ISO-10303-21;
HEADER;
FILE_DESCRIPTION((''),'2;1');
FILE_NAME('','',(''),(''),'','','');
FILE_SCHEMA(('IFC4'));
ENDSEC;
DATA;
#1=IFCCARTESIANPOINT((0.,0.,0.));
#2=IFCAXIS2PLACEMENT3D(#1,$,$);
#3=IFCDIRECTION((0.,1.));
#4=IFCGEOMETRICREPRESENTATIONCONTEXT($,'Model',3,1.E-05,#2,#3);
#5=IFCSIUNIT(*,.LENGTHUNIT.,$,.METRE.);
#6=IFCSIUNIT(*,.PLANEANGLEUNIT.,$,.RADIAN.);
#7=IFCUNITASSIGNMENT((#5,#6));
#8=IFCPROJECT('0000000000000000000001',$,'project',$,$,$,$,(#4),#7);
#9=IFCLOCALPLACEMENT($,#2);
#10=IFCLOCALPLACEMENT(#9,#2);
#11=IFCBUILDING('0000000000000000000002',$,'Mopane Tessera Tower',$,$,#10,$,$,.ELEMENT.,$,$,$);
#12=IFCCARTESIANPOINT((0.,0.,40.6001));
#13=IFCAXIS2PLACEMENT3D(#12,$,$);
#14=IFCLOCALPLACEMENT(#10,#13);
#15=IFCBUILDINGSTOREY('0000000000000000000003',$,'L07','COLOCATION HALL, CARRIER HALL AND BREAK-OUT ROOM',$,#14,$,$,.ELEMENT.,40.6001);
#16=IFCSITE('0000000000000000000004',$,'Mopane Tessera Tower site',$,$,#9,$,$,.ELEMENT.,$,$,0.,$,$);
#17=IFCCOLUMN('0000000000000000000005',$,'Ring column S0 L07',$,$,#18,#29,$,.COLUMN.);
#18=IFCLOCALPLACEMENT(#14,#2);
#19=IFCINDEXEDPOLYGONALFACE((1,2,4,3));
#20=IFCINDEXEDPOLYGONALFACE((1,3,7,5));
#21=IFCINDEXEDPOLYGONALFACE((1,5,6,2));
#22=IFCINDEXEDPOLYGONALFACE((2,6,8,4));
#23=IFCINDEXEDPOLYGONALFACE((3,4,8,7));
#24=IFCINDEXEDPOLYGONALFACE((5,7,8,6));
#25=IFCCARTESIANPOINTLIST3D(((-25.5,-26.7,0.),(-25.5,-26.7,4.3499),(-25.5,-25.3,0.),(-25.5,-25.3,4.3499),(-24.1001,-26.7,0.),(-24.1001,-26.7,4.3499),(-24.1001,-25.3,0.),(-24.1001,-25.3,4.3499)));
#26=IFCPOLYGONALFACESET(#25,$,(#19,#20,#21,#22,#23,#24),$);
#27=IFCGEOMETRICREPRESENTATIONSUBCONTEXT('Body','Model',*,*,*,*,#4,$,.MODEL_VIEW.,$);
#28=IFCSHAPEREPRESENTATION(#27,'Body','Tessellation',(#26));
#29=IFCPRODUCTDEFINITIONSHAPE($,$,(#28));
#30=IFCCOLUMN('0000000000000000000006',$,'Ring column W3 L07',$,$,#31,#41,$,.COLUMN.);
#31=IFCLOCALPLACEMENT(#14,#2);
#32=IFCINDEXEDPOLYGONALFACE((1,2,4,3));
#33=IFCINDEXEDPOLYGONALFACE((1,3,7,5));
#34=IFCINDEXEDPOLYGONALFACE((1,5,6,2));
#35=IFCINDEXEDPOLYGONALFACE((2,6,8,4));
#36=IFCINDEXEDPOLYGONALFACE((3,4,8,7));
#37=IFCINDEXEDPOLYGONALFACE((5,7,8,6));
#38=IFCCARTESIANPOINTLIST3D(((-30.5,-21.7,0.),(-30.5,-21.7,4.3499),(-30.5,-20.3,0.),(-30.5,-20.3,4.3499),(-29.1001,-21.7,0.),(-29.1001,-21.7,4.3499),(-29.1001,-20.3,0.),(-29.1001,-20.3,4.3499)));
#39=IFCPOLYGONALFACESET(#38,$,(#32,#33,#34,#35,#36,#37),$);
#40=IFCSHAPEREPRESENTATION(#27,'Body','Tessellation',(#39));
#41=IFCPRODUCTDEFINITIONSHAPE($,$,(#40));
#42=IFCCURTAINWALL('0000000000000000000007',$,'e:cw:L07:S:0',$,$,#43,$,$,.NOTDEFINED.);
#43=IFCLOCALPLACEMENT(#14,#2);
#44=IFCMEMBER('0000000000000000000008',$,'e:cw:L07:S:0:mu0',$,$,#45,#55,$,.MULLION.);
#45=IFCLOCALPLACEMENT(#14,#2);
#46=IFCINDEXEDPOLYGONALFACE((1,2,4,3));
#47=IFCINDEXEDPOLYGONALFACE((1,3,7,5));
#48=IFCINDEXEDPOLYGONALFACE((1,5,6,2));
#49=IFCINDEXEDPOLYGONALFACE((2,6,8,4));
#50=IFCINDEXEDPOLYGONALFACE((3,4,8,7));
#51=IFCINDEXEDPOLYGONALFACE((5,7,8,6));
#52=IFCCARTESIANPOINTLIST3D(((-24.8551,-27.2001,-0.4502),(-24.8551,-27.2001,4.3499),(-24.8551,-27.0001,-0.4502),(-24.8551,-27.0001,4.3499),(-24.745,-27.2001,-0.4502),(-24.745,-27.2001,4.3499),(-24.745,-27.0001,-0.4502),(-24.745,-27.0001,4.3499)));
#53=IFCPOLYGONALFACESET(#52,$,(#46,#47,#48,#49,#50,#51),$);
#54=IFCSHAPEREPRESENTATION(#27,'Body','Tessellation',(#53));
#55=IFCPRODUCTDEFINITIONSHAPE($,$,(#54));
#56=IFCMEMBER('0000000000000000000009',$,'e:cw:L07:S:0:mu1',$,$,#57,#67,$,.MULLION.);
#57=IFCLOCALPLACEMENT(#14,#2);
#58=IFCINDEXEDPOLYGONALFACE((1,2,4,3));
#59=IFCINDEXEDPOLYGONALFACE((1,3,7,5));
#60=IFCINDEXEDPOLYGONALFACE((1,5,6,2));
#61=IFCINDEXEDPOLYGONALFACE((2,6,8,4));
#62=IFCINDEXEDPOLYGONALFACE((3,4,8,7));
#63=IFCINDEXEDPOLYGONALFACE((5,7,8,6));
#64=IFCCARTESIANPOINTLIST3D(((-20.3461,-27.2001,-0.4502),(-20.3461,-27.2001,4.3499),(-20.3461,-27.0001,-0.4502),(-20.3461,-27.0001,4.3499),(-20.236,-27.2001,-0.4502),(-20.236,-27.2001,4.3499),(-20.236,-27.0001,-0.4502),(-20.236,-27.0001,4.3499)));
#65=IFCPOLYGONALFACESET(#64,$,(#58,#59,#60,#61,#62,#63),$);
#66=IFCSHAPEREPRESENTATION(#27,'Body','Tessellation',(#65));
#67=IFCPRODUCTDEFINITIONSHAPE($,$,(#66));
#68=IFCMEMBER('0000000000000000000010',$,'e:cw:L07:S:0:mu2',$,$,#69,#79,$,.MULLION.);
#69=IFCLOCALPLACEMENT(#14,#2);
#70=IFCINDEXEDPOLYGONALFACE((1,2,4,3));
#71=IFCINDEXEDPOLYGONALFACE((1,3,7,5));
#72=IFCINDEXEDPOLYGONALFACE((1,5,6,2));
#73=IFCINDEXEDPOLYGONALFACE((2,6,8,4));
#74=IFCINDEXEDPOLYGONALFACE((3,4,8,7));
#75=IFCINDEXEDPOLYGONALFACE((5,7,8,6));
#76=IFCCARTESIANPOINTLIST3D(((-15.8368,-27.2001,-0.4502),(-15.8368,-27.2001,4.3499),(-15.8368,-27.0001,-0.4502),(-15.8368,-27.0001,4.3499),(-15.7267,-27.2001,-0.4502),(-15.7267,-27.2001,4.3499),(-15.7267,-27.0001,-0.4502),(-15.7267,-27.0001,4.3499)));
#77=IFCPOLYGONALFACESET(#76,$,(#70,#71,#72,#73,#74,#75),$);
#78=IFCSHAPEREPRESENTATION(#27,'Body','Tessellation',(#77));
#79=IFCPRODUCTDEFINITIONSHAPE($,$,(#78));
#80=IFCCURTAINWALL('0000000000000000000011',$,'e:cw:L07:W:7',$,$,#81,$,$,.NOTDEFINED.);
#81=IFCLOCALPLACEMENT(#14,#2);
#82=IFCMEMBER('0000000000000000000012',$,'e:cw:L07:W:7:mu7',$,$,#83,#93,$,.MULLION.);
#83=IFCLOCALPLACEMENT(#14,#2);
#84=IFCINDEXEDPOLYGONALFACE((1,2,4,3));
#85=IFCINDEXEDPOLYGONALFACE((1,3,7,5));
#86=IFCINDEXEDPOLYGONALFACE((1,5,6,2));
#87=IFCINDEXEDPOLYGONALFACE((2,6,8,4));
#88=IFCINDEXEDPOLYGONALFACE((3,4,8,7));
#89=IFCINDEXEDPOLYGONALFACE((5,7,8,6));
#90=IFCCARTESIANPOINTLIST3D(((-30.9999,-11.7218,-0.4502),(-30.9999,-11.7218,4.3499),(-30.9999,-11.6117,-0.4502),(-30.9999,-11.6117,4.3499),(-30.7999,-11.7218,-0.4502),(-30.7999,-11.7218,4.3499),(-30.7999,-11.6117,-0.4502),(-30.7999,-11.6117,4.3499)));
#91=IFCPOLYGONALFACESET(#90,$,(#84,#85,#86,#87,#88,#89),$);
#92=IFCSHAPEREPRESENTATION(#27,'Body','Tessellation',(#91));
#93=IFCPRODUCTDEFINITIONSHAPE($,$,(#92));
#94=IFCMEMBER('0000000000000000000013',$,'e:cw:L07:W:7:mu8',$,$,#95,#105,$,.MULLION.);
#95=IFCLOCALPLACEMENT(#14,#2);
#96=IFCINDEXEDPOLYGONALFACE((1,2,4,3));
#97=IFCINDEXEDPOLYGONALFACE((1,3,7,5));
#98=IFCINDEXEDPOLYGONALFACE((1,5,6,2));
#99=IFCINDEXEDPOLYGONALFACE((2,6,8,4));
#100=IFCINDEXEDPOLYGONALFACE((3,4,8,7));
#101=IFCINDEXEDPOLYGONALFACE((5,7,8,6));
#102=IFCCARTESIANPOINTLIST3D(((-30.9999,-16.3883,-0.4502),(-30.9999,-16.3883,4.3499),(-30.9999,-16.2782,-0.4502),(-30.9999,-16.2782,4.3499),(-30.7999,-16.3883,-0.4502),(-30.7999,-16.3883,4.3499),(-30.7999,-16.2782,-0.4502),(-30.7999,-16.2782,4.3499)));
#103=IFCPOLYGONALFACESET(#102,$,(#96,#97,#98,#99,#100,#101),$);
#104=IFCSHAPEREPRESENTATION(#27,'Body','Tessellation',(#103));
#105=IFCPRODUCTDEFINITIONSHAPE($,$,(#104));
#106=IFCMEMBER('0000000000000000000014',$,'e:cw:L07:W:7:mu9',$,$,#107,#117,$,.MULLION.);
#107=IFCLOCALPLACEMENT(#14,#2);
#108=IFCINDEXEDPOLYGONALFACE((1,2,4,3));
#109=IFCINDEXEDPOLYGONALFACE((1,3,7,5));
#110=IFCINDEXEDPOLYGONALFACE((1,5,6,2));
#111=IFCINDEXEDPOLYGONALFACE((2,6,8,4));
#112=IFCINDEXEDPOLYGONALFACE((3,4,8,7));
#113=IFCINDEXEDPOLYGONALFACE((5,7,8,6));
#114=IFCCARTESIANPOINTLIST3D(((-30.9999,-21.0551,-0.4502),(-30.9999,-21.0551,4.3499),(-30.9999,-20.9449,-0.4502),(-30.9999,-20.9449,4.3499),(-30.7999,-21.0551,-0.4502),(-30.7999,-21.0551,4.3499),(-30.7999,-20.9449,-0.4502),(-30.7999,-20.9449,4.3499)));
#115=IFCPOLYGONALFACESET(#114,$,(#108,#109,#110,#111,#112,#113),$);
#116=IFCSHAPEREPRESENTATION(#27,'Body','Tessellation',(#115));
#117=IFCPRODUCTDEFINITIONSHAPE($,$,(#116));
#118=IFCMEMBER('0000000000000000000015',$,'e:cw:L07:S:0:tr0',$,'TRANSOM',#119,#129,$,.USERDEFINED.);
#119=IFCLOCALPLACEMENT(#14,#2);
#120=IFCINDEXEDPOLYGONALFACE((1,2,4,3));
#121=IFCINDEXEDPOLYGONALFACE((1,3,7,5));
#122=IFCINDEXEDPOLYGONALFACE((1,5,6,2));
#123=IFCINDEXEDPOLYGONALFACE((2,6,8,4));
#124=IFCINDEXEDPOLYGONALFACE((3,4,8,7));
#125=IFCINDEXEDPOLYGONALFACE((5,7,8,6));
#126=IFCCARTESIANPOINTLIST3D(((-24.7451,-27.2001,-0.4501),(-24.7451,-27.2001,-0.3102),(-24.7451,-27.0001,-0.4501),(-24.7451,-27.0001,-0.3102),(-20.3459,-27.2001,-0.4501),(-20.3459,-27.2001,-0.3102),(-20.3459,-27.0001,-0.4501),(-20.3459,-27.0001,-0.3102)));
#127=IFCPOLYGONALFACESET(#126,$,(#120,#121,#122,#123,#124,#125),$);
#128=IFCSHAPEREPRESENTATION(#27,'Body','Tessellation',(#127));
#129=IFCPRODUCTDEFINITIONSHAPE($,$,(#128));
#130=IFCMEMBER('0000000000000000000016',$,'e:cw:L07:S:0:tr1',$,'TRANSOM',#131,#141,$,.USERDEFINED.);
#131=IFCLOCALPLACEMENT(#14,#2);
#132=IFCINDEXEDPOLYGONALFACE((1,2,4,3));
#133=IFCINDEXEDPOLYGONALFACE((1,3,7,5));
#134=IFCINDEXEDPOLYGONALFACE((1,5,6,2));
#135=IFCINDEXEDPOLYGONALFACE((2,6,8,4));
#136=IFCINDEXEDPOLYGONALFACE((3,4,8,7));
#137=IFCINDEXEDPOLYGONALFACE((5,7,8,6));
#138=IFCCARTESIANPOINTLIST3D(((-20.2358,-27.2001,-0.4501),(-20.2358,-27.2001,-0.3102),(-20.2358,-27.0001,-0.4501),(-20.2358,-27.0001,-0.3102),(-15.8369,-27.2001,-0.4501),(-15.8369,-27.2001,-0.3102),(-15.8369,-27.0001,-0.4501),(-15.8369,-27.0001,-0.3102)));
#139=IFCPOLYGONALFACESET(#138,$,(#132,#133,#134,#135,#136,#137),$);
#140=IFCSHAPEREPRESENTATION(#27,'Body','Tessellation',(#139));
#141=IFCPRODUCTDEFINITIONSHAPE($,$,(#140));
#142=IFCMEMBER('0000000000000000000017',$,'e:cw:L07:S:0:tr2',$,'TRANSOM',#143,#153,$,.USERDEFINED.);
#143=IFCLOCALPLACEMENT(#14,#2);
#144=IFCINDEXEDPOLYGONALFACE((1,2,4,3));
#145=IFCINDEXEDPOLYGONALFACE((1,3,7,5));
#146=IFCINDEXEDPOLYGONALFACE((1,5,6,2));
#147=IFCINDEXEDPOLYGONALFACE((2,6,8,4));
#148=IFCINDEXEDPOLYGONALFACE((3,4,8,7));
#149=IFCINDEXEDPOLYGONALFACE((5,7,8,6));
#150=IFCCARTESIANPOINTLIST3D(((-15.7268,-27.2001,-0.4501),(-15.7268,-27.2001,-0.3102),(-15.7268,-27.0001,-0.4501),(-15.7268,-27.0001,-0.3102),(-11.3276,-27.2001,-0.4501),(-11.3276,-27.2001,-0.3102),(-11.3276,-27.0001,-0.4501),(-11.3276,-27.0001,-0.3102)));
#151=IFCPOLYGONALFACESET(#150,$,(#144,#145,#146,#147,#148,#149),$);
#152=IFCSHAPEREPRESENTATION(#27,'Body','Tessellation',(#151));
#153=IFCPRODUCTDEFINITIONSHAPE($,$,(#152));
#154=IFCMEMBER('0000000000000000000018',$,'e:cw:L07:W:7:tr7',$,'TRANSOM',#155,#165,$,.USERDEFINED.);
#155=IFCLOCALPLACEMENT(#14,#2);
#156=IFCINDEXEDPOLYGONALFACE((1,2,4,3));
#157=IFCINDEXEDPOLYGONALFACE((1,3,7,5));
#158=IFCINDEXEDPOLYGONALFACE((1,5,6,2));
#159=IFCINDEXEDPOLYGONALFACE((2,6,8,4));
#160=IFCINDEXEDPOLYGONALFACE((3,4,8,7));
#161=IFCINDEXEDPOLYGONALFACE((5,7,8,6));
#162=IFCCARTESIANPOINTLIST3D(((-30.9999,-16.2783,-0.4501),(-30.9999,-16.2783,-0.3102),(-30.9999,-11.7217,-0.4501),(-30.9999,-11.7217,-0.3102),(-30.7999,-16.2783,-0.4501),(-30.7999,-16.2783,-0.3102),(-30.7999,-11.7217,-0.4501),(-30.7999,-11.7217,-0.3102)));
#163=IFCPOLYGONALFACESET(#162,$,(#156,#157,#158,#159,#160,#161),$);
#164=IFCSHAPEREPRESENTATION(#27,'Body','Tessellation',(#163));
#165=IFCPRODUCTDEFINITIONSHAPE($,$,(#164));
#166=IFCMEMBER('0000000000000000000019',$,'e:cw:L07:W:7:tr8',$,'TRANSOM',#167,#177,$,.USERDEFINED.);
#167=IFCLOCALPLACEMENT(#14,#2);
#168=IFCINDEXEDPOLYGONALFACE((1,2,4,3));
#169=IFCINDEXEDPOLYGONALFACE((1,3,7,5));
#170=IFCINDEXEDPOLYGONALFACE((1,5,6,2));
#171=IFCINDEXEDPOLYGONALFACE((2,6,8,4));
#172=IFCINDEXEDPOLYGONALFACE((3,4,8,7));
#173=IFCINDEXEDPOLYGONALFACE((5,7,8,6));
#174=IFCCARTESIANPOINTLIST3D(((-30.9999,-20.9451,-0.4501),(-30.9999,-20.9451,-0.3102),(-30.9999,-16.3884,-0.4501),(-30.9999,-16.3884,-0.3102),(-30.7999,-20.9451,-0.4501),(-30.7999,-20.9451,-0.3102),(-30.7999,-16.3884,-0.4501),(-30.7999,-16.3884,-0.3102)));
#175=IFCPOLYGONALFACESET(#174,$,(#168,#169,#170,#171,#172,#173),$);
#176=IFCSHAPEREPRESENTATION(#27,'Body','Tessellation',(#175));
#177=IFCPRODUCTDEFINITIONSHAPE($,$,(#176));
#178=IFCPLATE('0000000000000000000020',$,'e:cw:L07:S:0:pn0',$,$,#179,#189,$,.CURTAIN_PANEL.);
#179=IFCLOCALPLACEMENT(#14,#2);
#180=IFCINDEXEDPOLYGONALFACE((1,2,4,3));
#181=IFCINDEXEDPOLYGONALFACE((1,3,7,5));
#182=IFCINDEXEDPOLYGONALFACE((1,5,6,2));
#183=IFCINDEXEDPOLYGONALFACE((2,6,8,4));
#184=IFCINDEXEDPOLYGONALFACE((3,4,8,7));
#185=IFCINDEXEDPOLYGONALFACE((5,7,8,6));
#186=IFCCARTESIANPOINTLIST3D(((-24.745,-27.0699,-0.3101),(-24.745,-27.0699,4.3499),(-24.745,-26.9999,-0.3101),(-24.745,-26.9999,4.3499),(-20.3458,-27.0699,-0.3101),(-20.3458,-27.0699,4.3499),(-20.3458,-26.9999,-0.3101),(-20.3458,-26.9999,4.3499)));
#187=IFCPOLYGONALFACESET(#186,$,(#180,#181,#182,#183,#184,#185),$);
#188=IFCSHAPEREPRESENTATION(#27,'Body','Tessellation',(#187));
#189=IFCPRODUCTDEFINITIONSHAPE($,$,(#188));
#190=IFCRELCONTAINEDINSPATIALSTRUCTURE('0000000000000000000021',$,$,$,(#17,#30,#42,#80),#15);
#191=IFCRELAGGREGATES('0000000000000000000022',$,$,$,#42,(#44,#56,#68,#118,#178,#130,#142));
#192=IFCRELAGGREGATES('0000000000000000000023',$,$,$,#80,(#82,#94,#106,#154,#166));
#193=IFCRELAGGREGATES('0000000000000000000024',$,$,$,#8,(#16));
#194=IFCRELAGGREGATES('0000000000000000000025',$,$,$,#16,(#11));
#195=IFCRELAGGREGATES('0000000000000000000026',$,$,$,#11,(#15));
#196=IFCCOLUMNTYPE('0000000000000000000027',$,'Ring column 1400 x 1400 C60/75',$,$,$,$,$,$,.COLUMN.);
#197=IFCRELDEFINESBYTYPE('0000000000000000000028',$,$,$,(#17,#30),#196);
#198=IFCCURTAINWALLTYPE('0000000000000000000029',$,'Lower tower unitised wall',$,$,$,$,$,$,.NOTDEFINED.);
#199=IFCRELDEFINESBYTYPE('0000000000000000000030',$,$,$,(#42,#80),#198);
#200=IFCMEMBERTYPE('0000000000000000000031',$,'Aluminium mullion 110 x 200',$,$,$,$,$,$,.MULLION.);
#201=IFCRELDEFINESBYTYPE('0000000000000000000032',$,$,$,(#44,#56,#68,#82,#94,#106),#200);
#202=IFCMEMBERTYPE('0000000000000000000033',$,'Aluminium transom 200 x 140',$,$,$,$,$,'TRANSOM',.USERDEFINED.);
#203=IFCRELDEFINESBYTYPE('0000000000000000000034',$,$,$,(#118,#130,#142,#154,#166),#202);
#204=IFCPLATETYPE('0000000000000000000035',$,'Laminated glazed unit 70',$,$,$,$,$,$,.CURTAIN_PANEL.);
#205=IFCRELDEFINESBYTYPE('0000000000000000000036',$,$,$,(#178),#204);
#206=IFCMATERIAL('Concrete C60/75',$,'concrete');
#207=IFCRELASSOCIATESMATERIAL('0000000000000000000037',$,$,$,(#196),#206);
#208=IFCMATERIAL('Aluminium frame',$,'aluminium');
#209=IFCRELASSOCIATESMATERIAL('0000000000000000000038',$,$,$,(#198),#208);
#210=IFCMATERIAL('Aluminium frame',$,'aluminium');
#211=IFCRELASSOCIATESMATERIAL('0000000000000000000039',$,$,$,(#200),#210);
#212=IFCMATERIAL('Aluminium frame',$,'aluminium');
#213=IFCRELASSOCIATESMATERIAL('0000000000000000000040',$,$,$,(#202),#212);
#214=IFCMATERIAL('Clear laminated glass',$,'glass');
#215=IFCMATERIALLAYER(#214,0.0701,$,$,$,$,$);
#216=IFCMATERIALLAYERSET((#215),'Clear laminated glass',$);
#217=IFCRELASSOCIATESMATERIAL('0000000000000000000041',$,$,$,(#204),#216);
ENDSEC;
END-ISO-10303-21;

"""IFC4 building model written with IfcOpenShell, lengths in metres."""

from ifc_helpers import new_model, si_unit, direction, frame, origin, origin_2d, place, context, subcontext, project, spatial, rectangle, extrude, material, layer, layer_set, material_profile, profile_set, type_object, element, aggregate, save


model = new_model("IFC4")

# Units and contexts
model_context = context("Model", 3, precision=1e-05, world=origin(), true_north=direction((0.0, 1.0)))
body_context = subcontext(model_context, "Body", "Model", "MODEL_VIEW")
ifc_project = project(units=[si_unit("LENGTHUNIT", "METRE"), si_unit("PLANEANGLEUNIT", "RADIAN")], contexts=[model_context])

# Site, building, storey
site_placement = place(None, origin())
site = spatial("IfcSite", under=ifc_project, at=site_placement, Name="Mopane Tessera Tower site", CompositionType="ELEMENT", RefElevation=0.0)
building_placement = place(site_placement, origin())
building = spatial("IfcBuilding", under=site, at=building_placement, Name="Mopane Tessera Tower", CompositionType="ELEMENT")
storey_placement = place(building_placement, frame((0.0, 0.0, 40.6001)))
storey = spatial("IfcBuildingStorey", under=building, at=storey_placement, Name="L07", Description="COLOCATION HALL, CARRIER HALL AND BREAK-OUT ROOM", CompositionType="ELEMENT", Elevation=40.6001)

# Columns
ifc_material_1 = material(Name="Concrete C60/75", Category="concrete")
ifc_material_profile_1 = material_profile(ifc_material_1, rectangle(XDim=1.3999, YDim=1.3999, at=origin_2d()))
ifc_profile_set_1 = profile_set([ifc_material_profile_1], Name="Concrete C60/75")
column_type = type_object("IfcColumnType", Name="Ring column 1400 x 1400 C60/75", PredefinedType="COLUMN", material=ifc_profile_set_1)
for number, where, z_axis, x_axis, name in (
    (1, (-24.8, -26.0, 0.0), (0.0, 0.0, 1.0), (1.0, 0.0, 0.0), "Ring column S0 L07"),
    (2, (-29.8, -21.0, 0.0), (0.0, 0.0, 1.0), (1.0, 0.0, 0.0), "Ring column W3 L07"),
):
    element("IfcColumn", number, at=place(storey_placement, frame(where, z_axis=z_axis, x_axis=x_axis)), inside=storey, type_object=column_type, Name=name, PredefinedType="COLUMN", context=body_context, shape_type="SweptSolid", body=[
        extrude(rectangle(XDim=1.3999, YDim=1.3999, at=origin_2d()), origin(), (0.0, 0.0, 1.0), 4.3499),
    ])

# Curtain walls, members
ifc_material_2 = material(Name="Aluminium frame", Category="aluminium")
curtain_wall_type = type_object("IfcCurtainWallType", Name="Lower tower unitised wall", PredefinedType="NOTDEFINED", material=ifc_material_2)
curtain_wall_1_placement = place(storey_placement, origin())
curtain_wall_1 = element("IfcCurtainWall", 3, at=curtain_wall_1_placement, inside=storey, type_object=curtain_wall_type, Name="e:cw:L07:S:0", PredefinedType="NOTDEFINED")
ifc_material_3 = material(Name="Aluminium frame", Category="aluminium")
ifc_material_profile_2 = material_profile(ifc_material_3, rectangle(XDim=0.1101, YDim=0.2, at=origin_2d()))
ifc_profile_set_2 = profile_set([ifc_material_profile_2], Name="Aluminium frame")
member_type_1 = type_object("IfcMemberType", Name="Aluminium mullion 110 x 200", PredefinedType="MULLION", material=ifc_profile_set_2)
member_1_placement = place(storey_placement, frame((-24.8, -27.1001, -0.4502), z_axis=(0.0, 0.0, 1.0), x_axis=(1.0, 0.0, 0.0)))
member_1 = element("IfcMember", 4, at=member_1_placement, type_object=member_type_1, Name="e:cw:L07:S:0:mu0", PredefinedType="MULLION", context=body_context, shape_type="SweptSolid", body=[
    extrude(rectangle(XDim=0.1101, YDim=0.2, at=origin_2d()), origin(), (0.0, 0.0, 1.0), 4.8),
])
member_2_placement = place(storey_placement, frame((-20.291, -27.1001, -0.4502), z_axis=(0.0, 0.0, 1.0), x_axis=(1.0, 0.0, 0.0)))
member_2 = element("IfcMember", 5, at=member_2_placement, type_object=member_type_1, Name="e:cw:L07:S:0:mu1", PredefinedType="MULLION", context=body_context, shape_type="SweptSolid", body=[
    extrude(rectangle(XDim=0.1101, YDim=0.2, at=origin_2d()), origin(), (0.0, 0.0, 1.0), 4.8),
])
member_3_placement = place(storey_placement, frame((-15.7817, -27.1001, -0.4502), z_axis=(0.0, 0.0, 1.0), x_axis=(1.0, 0.0, 0.0)))
member_3 = element("IfcMember", 6, at=member_3_placement, type_object=member_type_1, Name="e:cw:L07:S:0:mu2", PredefinedType="MULLION", context=body_context, shape_type="SweptSolid", body=[
    extrude(rectangle(XDim=0.1101, YDim=0.2, at=origin_2d()), origin(), (0.0, 0.0, 1.0), 4.8),
])
curtain_wall_2_placement = place(storey_placement, origin())
curtain_wall_2 = element("IfcCurtainWall", 7, at=curtain_wall_2_placement, inside=storey, type_object=curtain_wall_type, Name="e:cw:L07:W:7", PredefinedType="NOTDEFINED")
member_4_placement = place(storey_placement, frame((-30.8999, -11.6667, -0.4502), z_axis=(0.0, 0.0, 1.0), x_axis=(0.0, -1.0, 0.0)))
member_4 = element("IfcMember", 8, at=member_4_placement, type_object=member_type_1, Name="e:cw:L07:W:7:mu7", PredefinedType="MULLION", context=body_context, shape_type="SweptSolid", body=[
    extrude(rectangle(XDim=0.1101, YDim=0.2, at=origin_2d()), origin(), (0.0, 0.0, 1.0), 4.8),
])
member_5_placement = place(storey_placement, frame((-30.8999, -16.3333, -0.4502), z_axis=(0.0, 0.0, 1.0), x_axis=(0.0, -1.0, 0.0)))
member_5 = element("IfcMember", 9, at=member_5_placement, type_object=member_type_1, Name="e:cw:L07:W:7:mu8", PredefinedType="MULLION", context=body_context, shape_type="SweptSolid", body=[
    extrude(rectangle(XDim=0.1101, YDim=0.2, at=origin_2d()), origin(), (0.0, 0.0, 1.0), 4.8),
])
member_6_placement = place(storey_placement, frame((-30.8999, -21.0, -0.4502), z_axis=(0.0, 0.0, 1.0), x_axis=(0.0, -1.0, 0.0)))
member_6 = element("IfcMember", 10, at=member_6_placement, type_object=member_type_1, Name="e:cw:L07:W:7:mu9", PredefinedType="MULLION", context=body_context, shape_type="SweptSolid", body=[
    extrude(rectangle(XDim=0.1101, YDim=0.2, at=origin_2d()), origin(), (0.0, 0.0, 1.0), 4.8),
])

# Members
ifc_material_4 = material(Name="Aluminium frame", Category="aluminium")
ifc_material_profile_3 = material_profile(ifc_material_4, rectangle(XDim=0.2, YDim=0.1399, at=origin_2d()))
ifc_profile_set_3 = profile_set([ifc_material_profile_3], Name="Aluminium frame")
member_type_2 = type_object("IfcMemberType", Name="Aluminium transom 200 x 140", ElementType="TRANSOM", PredefinedType="USERDEFINED", material=ifc_profile_set_3)
member_7_placement = place(storey_placement, frame((-24.7451, -27.1001, -0.3801), z_axis=(1.0, 0.0, 0.0), x_axis=(0.0, 1.0, 0.0)))
member_7 = element("IfcMember", 11, at=member_7_placement, type_object=member_type_2, Name="e:cw:L07:S:0:tr0", ObjectType="TRANSOM", PredefinedType="USERDEFINED", context=body_context, shape_type="SweptSolid", body=[
    extrude(rectangle(XDim=0.2, YDim=0.1399, at=origin_2d()), origin(), (0.0, 0.0, 1.0), 4.3992),
])
member_8_placement = place(storey_placement, frame((-20.2358, -27.1001, -0.3801), z_axis=(1.0, 0.0, 0.0), x_axis=(0.0, 1.0, 0.0)))
member_8 = element("IfcMember", 12, at=member_8_placement, type_object=member_type_2, Name="e:cw:L07:S:0:tr1", ObjectType="TRANSOM", PredefinedType="USERDEFINED", context=body_context, shape_type="SweptSolid", body=[
    extrude(rectangle(XDim=0.2, YDim=0.1399, at=origin_2d()), origin(), (0.0, 0.0, 1.0), 4.3989),
])
member_9_placement = place(storey_placement, frame((-15.7268, -27.1001, -0.3801), z_axis=(1.0, 0.0, 0.0), x_axis=(0.0, 1.0, 0.0)))
member_9 = element("IfcMember", 13, at=member_9_placement, type_object=member_type_2, Name="e:cw:L07:S:0:tr2", ObjectType="TRANSOM", PredefinedType="USERDEFINED", context=body_context, shape_type="SweptSolid", body=[
    extrude(rectangle(XDim=0.2, YDim=0.1399, at=origin_2d()), origin(), (0.0, 0.0, 1.0), 4.3992),
])
member_10_placement = place(storey_placement, frame((-30.8999, -11.7217, -0.3801), z_axis=(0.0, -1.0, 0.0), x_axis=(1.0, 0.0, 0.0)))
member_10 = element("IfcMember", 14, at=member_10_placement, type_object=member_type_2, Name="e:cw:L07:W:7:tr7", ObjectType="TRANSOM", PredefinedType="USERDEFINED", context=body_context, shape_type="SweptSolid", body=[
    extrude(rectangle(XDim=0.2, YDim=0.1399, at=origin_2d()), origin(), (0.0, 0.0, 1.0), 4.5566),
])
member_11_placement = place(storey_placement, frame((-30.8999, -16.3884, -0.3801), z_axis=(0.0, -1.0, 0.0), x_axis=(1.0, 0.0, 0.0)))
member_11 = element("IfcMember", 15, at=member_11_placement, type_object=member_type_2, Name="e:cw:L07:W:7:tr8", ObjectType="TRANSOM", PredefinedType="USERDEFINED", context=body_context, shape_type="SweptSolid", body=[
    extrude(rectangle(XDim=0.2, YDim=0.1399, at=origin_2d()), origin(), (0.0, 0.0, 1.0), 4.5566),
])

# Plate
ifc_material_5 = material(Name="Clear laminated glass", Category="glass")
ifc_layer = layer(ifc_material_5, 0.0701)
ifc_layer_set = layer_set([ifc_layer], Name="Clear laminated glass")
plate_type = type_object("IfcPlateType", Name="Laminated glazed unit 70", PredefinedType="CURTAIN_PANEL", material=ifc_layer_set)
plate_1_placement = place(storey_placement, frame((-22.5454, -27.0349, -0.3101), z_axis=(0.0, 0.0, 1.0), x_axis=(1.0, 0.0, 0.0)))
plate_1 = element("IfcPlate", 16, at=plate_1_placement, type_object=plate_type, Name="e:cw:L07:S:0:pn0", PredefinedType="CURTAIN_PANEL", context=body_context, shape_type="SweptSolid", body=[
    extrude(rectangle(XDim=4.3992, YDim=0.0701, at=origin_2d()), origin(), (0.0, 0.0, 1.0), 4.6599),
])
aggregate(curtain_wall_1, [member_1, member_2, member_3, member_7, plate_1, member_8, member_9])
aggregate(curtain_wall_2, [member_4, member_5, member_6, member_10, member_11])

save(model, "model.ifc")
